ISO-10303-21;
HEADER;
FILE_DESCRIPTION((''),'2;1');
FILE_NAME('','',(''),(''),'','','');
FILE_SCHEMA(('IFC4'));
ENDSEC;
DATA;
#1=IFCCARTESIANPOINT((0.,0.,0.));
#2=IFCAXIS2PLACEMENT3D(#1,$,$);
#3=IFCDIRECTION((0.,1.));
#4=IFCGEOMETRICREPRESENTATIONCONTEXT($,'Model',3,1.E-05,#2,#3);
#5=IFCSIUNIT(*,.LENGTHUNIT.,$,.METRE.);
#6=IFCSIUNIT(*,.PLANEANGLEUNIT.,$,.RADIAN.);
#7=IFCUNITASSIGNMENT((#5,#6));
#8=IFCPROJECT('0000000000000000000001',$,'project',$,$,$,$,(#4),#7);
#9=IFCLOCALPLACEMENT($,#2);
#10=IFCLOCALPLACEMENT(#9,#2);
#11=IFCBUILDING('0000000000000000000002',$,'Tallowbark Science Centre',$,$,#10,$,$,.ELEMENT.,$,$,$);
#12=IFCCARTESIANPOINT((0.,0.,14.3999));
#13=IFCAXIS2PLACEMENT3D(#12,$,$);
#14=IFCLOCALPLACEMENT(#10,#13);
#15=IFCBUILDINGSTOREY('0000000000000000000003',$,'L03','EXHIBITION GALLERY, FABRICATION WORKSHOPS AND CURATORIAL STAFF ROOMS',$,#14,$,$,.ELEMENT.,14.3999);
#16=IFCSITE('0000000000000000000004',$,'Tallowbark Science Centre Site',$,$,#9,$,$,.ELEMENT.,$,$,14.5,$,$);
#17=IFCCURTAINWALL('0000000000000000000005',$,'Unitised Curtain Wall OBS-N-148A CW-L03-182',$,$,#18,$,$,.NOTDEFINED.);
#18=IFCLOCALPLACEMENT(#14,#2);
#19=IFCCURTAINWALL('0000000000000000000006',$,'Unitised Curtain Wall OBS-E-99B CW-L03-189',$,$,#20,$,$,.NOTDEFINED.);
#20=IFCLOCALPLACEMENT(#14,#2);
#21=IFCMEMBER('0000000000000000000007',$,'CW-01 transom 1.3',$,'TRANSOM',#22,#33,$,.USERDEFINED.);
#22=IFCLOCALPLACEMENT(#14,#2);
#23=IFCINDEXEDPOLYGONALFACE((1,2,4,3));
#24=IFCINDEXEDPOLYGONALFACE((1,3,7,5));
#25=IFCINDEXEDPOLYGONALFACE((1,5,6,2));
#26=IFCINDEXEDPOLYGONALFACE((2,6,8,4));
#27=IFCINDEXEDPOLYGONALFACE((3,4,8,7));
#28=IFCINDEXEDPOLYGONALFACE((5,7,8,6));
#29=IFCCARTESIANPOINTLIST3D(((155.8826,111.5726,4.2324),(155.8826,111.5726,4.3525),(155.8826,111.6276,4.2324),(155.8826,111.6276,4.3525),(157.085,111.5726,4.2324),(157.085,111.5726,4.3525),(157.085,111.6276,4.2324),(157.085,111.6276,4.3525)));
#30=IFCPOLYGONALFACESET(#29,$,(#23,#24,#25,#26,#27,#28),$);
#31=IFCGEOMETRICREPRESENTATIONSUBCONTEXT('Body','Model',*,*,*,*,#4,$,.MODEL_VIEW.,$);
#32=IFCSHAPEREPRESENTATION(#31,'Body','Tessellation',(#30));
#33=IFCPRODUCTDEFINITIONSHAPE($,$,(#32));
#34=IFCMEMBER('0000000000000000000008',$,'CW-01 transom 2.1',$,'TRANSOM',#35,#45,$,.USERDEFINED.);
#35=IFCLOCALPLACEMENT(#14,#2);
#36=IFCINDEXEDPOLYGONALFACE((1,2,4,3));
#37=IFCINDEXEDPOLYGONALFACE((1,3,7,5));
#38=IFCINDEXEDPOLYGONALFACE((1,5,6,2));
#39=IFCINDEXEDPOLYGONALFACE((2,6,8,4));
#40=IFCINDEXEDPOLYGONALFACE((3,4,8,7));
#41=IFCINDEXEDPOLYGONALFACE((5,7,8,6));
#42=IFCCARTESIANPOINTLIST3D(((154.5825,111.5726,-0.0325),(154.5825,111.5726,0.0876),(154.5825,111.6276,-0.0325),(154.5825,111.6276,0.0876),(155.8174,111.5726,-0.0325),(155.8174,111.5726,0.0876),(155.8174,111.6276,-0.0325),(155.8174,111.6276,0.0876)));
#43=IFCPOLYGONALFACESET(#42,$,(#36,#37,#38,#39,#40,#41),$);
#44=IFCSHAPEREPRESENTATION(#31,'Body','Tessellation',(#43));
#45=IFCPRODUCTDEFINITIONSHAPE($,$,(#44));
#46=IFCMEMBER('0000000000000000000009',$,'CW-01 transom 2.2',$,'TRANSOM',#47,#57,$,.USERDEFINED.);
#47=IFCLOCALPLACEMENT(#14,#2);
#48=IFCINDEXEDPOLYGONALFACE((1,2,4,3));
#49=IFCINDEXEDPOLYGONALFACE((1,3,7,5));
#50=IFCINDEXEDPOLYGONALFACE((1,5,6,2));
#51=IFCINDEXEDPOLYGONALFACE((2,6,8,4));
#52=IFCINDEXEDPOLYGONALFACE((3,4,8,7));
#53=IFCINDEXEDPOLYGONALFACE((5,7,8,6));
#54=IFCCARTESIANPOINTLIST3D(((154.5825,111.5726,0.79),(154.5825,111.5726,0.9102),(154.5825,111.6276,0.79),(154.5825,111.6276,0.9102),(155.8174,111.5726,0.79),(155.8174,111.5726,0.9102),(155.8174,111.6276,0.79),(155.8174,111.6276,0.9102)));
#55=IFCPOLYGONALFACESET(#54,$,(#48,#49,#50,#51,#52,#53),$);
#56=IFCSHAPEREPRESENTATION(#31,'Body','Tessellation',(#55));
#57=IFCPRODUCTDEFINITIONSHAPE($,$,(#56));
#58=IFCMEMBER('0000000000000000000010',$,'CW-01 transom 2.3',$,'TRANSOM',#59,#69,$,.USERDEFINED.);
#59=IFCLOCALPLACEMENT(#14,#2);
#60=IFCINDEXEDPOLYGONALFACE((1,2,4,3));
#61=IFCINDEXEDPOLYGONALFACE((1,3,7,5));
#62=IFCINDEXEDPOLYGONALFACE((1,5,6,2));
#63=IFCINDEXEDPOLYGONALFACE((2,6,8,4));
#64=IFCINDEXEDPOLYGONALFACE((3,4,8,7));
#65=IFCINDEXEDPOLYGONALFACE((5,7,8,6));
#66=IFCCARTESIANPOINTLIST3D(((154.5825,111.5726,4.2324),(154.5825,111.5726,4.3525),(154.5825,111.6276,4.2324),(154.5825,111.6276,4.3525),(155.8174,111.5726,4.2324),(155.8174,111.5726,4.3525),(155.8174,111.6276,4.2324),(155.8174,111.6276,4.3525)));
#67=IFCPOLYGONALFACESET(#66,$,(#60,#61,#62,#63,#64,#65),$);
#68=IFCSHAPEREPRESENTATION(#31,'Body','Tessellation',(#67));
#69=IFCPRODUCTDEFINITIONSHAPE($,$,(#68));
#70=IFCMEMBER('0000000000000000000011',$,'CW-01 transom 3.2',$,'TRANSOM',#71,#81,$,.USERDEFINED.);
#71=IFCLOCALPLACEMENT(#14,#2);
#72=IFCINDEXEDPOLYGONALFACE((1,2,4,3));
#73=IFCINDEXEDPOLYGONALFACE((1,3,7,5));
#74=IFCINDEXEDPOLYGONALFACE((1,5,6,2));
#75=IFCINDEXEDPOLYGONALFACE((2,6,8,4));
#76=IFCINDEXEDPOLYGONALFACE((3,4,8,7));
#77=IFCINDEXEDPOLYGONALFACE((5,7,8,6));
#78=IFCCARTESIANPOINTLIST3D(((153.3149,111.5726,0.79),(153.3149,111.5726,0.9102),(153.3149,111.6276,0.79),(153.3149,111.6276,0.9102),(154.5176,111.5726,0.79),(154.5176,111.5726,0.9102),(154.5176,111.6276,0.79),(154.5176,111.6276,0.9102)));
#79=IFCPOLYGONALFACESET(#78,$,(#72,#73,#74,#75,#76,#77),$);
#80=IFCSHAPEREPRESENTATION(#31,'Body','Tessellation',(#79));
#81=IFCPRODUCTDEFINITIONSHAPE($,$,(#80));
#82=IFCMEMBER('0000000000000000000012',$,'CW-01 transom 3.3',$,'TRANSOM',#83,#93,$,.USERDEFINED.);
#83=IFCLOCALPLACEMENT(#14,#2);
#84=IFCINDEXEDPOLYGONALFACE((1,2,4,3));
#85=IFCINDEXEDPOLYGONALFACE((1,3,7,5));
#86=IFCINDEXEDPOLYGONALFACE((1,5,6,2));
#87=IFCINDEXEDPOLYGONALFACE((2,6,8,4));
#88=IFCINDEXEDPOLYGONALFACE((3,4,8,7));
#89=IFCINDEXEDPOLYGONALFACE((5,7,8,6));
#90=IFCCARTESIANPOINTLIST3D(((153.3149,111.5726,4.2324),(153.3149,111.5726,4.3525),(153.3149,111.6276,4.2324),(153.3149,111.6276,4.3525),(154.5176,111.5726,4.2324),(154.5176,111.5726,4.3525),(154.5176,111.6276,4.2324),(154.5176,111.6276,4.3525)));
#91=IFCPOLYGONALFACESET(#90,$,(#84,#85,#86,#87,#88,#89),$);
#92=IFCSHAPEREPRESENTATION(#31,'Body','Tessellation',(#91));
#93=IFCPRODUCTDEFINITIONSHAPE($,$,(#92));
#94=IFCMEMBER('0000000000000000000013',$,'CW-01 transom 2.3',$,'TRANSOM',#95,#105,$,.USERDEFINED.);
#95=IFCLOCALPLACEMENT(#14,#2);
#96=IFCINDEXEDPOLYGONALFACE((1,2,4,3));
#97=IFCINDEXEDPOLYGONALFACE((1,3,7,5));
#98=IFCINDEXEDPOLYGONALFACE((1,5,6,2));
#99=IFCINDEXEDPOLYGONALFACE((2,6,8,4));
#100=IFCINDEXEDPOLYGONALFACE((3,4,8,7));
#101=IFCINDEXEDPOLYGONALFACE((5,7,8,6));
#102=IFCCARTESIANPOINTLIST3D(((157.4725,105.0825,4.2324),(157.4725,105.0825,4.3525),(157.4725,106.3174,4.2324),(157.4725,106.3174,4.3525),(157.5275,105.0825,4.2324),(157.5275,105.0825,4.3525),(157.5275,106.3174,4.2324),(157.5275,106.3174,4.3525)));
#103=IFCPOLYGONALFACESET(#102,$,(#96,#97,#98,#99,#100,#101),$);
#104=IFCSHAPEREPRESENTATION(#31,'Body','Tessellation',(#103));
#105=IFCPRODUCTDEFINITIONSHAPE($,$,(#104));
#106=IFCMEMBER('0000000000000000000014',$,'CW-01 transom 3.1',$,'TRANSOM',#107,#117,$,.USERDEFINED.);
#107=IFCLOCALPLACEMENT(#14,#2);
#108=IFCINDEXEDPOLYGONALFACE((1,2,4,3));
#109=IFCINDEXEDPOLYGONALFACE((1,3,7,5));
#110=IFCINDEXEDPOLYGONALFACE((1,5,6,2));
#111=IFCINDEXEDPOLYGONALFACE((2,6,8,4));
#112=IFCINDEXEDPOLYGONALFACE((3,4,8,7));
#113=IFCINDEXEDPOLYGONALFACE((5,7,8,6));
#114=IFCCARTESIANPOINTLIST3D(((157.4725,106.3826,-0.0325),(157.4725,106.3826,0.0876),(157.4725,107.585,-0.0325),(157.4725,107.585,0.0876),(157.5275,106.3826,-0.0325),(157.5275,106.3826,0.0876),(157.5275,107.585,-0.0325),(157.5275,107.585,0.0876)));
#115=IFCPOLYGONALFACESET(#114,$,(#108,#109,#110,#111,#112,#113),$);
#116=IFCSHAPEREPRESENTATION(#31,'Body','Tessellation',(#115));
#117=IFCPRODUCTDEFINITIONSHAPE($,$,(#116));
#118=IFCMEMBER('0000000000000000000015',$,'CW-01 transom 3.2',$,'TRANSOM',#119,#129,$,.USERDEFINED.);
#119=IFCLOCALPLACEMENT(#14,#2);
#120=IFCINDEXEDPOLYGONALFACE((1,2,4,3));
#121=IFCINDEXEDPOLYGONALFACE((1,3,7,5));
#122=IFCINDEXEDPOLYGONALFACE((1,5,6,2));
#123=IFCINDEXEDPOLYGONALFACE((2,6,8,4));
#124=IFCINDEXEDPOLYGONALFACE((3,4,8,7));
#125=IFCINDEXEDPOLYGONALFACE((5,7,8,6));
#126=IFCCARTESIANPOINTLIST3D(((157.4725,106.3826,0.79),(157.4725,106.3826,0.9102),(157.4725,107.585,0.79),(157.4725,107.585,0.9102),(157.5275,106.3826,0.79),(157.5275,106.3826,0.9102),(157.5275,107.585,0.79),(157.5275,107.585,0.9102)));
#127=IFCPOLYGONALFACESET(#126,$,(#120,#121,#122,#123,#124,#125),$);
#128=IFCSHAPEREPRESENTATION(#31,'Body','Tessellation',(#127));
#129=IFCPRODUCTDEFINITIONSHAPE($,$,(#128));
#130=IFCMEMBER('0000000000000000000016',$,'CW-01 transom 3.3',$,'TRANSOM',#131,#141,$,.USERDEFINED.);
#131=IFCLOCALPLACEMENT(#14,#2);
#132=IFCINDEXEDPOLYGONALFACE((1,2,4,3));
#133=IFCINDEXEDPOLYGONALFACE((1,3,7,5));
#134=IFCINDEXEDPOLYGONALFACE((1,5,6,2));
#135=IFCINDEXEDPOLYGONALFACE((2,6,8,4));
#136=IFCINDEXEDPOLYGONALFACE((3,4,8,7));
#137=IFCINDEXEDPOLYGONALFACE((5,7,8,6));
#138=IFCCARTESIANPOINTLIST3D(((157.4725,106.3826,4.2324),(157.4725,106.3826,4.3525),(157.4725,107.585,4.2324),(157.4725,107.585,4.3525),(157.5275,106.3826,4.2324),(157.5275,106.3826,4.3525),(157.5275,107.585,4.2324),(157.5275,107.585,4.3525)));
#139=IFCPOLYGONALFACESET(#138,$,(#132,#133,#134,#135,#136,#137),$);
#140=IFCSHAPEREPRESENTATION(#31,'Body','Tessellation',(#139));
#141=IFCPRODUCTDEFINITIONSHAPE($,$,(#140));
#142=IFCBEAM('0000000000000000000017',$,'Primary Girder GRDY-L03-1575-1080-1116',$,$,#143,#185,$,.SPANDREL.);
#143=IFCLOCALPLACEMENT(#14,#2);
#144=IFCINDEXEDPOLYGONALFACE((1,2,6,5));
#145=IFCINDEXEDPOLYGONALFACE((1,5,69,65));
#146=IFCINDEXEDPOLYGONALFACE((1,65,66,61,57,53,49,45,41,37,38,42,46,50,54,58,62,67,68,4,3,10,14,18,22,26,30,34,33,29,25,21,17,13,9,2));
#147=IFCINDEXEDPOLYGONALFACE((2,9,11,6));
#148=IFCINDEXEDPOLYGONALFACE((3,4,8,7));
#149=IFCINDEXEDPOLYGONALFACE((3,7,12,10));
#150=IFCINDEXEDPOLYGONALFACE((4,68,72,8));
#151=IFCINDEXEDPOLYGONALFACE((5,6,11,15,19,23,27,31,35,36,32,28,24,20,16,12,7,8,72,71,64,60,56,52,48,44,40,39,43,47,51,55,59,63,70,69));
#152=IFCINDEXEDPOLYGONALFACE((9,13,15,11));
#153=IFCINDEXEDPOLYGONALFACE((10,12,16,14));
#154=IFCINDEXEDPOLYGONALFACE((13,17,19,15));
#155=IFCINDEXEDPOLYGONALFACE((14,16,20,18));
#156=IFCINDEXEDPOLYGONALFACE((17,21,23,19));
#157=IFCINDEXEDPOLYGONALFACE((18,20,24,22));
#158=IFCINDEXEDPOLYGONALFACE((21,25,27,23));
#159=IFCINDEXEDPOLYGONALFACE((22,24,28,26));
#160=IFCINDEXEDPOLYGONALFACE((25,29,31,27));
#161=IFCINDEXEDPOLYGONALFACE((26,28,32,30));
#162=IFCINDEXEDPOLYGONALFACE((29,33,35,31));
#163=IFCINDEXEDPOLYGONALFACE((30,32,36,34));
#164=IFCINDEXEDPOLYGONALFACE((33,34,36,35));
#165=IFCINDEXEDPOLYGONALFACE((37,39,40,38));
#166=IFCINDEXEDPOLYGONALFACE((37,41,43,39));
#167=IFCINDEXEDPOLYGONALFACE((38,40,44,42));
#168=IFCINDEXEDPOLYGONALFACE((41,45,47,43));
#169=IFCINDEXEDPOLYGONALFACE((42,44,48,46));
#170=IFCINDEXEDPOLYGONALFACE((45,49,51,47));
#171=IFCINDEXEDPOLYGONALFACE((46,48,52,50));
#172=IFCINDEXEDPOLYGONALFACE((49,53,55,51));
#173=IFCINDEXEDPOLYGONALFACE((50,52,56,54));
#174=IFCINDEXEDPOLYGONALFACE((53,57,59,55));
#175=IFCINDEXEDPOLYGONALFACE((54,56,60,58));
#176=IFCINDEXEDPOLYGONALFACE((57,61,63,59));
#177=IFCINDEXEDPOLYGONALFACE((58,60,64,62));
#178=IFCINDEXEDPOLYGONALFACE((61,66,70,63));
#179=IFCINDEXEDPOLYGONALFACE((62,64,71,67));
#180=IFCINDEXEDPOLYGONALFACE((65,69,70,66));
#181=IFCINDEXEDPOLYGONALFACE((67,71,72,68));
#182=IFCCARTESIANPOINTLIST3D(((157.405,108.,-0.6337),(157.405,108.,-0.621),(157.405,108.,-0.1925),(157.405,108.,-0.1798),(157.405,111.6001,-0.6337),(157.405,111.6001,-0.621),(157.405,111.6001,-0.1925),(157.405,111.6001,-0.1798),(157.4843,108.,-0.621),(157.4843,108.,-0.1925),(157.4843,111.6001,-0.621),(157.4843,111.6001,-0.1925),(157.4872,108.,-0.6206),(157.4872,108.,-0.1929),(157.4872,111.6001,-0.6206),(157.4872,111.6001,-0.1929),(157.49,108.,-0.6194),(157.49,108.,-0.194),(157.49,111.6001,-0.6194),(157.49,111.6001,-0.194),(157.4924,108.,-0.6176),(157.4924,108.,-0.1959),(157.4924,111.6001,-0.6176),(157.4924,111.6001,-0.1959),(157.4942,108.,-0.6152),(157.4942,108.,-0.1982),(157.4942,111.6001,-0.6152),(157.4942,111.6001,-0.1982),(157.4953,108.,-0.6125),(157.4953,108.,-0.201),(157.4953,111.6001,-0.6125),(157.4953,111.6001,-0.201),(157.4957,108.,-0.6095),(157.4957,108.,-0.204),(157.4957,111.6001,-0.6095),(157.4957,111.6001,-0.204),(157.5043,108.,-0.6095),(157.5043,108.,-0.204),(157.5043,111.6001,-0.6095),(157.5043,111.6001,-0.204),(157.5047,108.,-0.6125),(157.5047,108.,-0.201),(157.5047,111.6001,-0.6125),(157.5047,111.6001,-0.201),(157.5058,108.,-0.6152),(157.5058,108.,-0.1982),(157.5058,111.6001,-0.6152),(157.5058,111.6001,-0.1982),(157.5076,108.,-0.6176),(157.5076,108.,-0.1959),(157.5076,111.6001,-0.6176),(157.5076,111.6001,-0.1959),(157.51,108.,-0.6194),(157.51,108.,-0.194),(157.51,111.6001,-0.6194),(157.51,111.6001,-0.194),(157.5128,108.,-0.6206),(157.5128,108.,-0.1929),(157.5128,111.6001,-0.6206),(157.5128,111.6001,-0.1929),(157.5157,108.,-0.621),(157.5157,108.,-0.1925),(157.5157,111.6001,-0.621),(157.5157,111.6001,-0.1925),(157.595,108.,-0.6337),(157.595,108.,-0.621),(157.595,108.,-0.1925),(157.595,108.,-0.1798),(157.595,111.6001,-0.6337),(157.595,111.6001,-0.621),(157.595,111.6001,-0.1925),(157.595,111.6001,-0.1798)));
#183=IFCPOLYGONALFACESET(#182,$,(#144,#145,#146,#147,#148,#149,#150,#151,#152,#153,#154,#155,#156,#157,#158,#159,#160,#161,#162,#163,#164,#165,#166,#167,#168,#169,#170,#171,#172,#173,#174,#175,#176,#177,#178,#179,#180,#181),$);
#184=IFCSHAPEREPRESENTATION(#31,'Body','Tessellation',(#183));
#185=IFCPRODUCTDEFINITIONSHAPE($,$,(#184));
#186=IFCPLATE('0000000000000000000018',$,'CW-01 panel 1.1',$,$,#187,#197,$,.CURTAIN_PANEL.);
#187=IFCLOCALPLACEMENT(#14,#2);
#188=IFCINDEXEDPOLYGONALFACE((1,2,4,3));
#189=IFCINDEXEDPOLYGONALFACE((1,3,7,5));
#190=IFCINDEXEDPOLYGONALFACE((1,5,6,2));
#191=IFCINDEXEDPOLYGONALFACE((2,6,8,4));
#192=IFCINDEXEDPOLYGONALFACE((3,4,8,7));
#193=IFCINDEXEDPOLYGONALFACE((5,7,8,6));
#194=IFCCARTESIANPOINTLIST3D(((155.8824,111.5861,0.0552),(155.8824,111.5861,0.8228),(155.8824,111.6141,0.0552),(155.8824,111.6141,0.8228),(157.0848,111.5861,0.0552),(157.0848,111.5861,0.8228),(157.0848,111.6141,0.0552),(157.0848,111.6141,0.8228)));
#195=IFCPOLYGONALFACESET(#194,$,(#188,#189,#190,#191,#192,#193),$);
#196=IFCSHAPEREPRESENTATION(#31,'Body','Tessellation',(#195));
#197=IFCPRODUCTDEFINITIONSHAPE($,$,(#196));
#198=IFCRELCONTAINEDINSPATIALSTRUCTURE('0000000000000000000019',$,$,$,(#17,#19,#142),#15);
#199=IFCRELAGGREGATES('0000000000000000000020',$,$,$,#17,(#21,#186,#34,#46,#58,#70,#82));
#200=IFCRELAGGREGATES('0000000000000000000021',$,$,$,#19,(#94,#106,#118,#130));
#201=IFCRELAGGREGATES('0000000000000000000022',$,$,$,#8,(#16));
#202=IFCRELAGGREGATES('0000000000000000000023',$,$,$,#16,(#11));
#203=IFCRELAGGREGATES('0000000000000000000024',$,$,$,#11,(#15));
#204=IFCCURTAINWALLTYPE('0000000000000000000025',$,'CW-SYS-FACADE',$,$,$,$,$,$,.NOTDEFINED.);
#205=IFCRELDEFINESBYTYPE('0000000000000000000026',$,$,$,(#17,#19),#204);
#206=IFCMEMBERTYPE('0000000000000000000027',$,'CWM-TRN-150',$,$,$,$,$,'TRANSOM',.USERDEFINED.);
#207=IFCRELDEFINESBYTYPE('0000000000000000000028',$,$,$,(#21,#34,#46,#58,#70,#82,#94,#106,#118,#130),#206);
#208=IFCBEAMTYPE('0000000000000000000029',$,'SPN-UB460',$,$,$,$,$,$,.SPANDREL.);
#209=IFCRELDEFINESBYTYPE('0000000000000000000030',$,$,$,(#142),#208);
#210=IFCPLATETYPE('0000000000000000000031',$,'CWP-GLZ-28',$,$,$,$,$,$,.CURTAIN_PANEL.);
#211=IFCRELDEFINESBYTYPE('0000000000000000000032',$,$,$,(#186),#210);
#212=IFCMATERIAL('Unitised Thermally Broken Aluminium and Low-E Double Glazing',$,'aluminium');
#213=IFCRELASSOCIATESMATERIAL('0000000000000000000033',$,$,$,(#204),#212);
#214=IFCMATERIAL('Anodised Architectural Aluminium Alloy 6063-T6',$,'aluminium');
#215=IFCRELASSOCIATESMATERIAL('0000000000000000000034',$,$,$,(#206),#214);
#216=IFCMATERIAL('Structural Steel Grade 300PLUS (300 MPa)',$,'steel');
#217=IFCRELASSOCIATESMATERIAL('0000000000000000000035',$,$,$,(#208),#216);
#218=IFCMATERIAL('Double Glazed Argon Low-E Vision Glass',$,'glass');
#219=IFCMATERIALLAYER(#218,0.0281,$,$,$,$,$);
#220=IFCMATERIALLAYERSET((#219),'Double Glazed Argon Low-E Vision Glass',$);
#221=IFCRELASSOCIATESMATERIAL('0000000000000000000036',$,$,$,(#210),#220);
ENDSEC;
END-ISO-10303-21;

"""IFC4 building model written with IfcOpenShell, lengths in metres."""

from ifc_helpers import new_model, si_unit, direction, frame, origin, origin_2d, place, context, subcontext, project, spatial, rectangle, i_section, extrude, material, layer, layer_set, material_profile, profile_set, type_object, element, aggregate, save


model = new_model("IFC4")

# Units and contexts
model_context = context("Model", 3, precision=1e-05, world=origin(), true_north=direction((0.0, 1.0)))
body_context = subcontext(model_context, "Body", "Model", "MODEL_VIEW")
ifc_project = project(units=[si_unit("LENGTHUNIT", "METRE"), si_unit("PLANEANGLEUNIT", "RADIAN")], contexts=[model_context])

# Site, building, storey
site_placement = place(None, origin())
site = spatial("IfcSite", under=ifc_project, at=site_placement, Name="Tallowbark Science Centre Site", CompositionType="ELEMENT", RefElevation=14.5)
building_placement = place(site_placement, origin())
building = spatial("IfcBuilding", under=site, at=building_placement, Name="Tallowbark Science Centre", CompositionType="ELEMENT")
storey_placement = place(building_placement, frame((0.0, 0.0, 14.3999)))
storey = spatial("IfcBuildingStorey", under=building, at=storey_placement, Name="L03", Description="EXHIBITION GALLERY, FABRICATION WORKSHOPS AND CURATORIAL STAFF ROOMS", CompositionType="ELEMENT", Elevation=14.3999)

# Shared definitions
ifc_material_1 = material(Name="Structural Steel Grade 300PLUS (300 MPa)", Category="steel")

# Curtain walls
ifc_material_2 = material(Name="Unitised Thermally Broken Aluminium and Low-E Double Glazing", Category="aluminium")
curtain_wall_type = type_object("IfcCurtainWallType", Name="CW-SYS-FACADE", PredefinedType="NOTDEFINED", material=ifc_material_2)
curtain_wall_1_placement = place(storey_placement, origin())
curtain_wall_1 = element("IfcCurtainWall", 1, at=curtain_wall_1_placement, inside=storey, type_object=curtain_wall_type, Name="Unitised Curtain Wall OBS-N-148A CW-L03-182", PredefinedType="NOTDEFINED")
ifc_material_3 = material(Name="Anodised Architectural Aluminium Alloy 6063-T6", Category="aluminium")
curtain_wall_2_placement = place(storey_placement, origin())
curtain_wall_2 = element("IfcCurtainWall", 2, at=curtain_wall_2_placement, inside=storey, type_object=curtain_wall_type, Name="Unitised Curtain Wall OBS-E-99B CW-L03-189", PredefinedType="NOTDEFINED")

# Members
ifc_material_profile_1 = material_profile(ifc_material_3, rectangle(XDim=0.0549, YDim=0.1201, at=origin_2d()), Name="ALU55x120")
ifc_profile_set_1 = profile_set([ifc_material_profile_1], Name="Anodised Architectural Aluminium Alloy 6063-T6")
member_type_1 = type_object("IfcMemberType", Name="CWM-TRN-150", ElementType="TRANSOM", PredefinedType="USERDEFINED", material=ifc_profile_set_1)
member_1_placement = place(storey_placement, frame((157.085, 111.6001, 4.2925), z_axis=(-1.0, 0.0, 0.0), x_axis=(0.0, -1.0, 0.0)))
member_1 = element("IfcMember", 3, at=member_1_placement, type_object=member_type_1, Name="CW-01 transom 1.3", ObjectType="TRANSOM", PredefinedType="USERDEFINED", context=body_context, shape_type="SweptSolid", body=[
    extrude(rectangle(XDim=0.0549, YDim=0.1201, at=origin_2d()), origin(), (0.0, 0.0, 1.0), 1.2024),
])
member_2_placement = place(storey_placement, frame((155.8174, 111.6001, 0.0276), z_axis=(-1.0, 0.0, 0.0), x_axis=(0.0, -1.0, 0.0)))
member_2 = element("IfcMember", 4, at=member_2_placement, type_object=member_type_1, Name="CW-01 transom 2.1", ObjectType="TRANSOM", PredefinedType="USERDEFINED", context=body_context, shape_type="SweptSolid", body=[
    extrude(rectangle(XDim=0.0549, YDim=0.1201, at=origin_2d()), origin(), (0.0, 0.0, 1.0), 1.2349),
])
member_3_placement = place(storey_placement, frame((155.8174, 111.6001, 0.8501), z_axis=(-1.0, 0.0, 0.0), x_axis=(0.0, -1.0, 0.0)))
member_3 = element("IfcMember", 5, at=member_3_placement, type_object=member_type_1, Name="CW-01 transom 2.2", ObjectType="TRANSOM", PredefinedType="USERDEFINED", context=body_context, shape_type="SweptSolid", body=[
    extrude(rectangle(XDim=0.0549, YDim=0.1201, at=origin_2d()), origin(), (0.0, 0.0, 1.0), 1.2349),
])
member_4_placement = place(storey_placement, frame((155.8174, 111.6001, 4.2925), z_axis=(-1.0, 0.0, 0.0), x_axis=(0.0, -1.0, 0.0)))
member_4 = element("IfcMember", 6, at=member_4_placement, type_object=member_type_1, Name="CW-01 transom 2.3", ObjectType="TRANSOM", PredefinedType="USERDEFINED", context=body_context, shape_type="SweptSolid", body=[
    extrude(rectangle(XDim=0.0549, YDim=0.1201, at=origin_2d()), origin(), (0.0, 0.0, 1.0), 1.2349),
])
member_5_placement = place(storey_placement, frame((154.5176, 111.6001, 0.8501), z_axis=(-1.0, 0.0, 0.0), x_axis=(0.0, -1.0, 0.0)))
member_5 = element("IfcMember", 7, at=member_5_placement, type_object=member_type_1, Name="CW-01 transom 3.2", ObjectType="TRANSOM", PredefinedType="USERDEFINED", context=body_context, shape_type="SweptSolid", body=[
    extrude(rectangle(XDim=0.0549, YDim=0.1201, at=origin_2d()), origin(), (0.0, 0.0, 1.0), 1.2026),
])
member_6_placement = place(storey_placement, frame((154.5176, 111.6001, 4.2925), z_axis=(-1.0, 0.0, 0.0), x_axis=(0.0, -1.0, 0.0)))
member_6 = element("IfcMember", 8, at=member_6_placement, type_object=member_type_1, Name="CW-01 transom 3.3", ObjectType="TRANSOM", PredefinedType="USERDEFINED", context=body_context, shape_type="SweptSolid", body=[
    extrude(rectangle(XDim=0.0549, YDim=0.1201, at=origin_2d()), origin(), (0.0, 0.0, 1.0), 1.2026),
])
member_7_placement = place(storey_placement, frame((157.5, 105.0825, 4.2925), z_axis=(0.0, 1.0, 0.0), x_axis=(-1.0, 0.0, 0.0)))
member_7 = element("IfcMember", 9, at=member_7_placement, type_object=member_type_1, Name="CW-01 transom 2.3", ObjectType="TRANSOM", PredefinedType="USERDEFINED", context=body_context, shape_type="SweptSolid", body=[
    extrude(rectangle(XDim=0.0549, YDim=0.1201, at=origin_2d()), origin(), (0.0, 0.0, 1.0), 1.2349),
])
member_8_placement = place(storey_placement, frame((157.5, 106.3826, 0.0276), z_axis=(0.0, 1.0, 0.0), x_axis=(-1.0, 0.0, 0.0)))
member_8 = element("IfcMember", 10, at=member_8_placement, type_object=member_type_1, Name="CW-01 transom 3.1", ObjectType="TRANSOM", PredefinedType="USERDEFINED", context=body_context, shape_type="SweptSolid", body=[
    extrude(rectangle(XDim=0.0549, YDim=0.1201, at=origin_2d()), origin(), (0.0, 0.0, 1.0), 1.2024),
])
member_9_placement = place(storey_placement, frame((157.5, 106.3826, 0.8501), z_axis=(0.0, 1.0, 0.0), x_axis=(-1.0, 0.0, 0.0)))
member_9 = element("IfcMember", 11, at=member_9_placement, type_object=member_type_1, Name="CW-01 transom 3.2", ObjectType="TRANSOM", PredefinedType="USERDEFINED", context=body_context, shape_type="SweptSolid", body=[
    extrude(rectangle(XDim=0.0549, YDim=0.1201, at=origin_2d()), origin(), (0.0, 0.0, 1.0), 1.2024),
])
member_10_placement = place(storey_placement, frame((157.5, 106.3826, 4.2925), z_axis=(0.0, 1.0, 0.0), x_axis=(-1.0, 0.0, 0.0)))
member_10 = element("IfcMember", 12, at=member_10_placement, type_object=member_type_1, Name="CW-01 transom 3.3", ObjectType="TRANSOM", PredefinedType="USERDEFINED", context=body_context, shape_type="SweptSolid", body=[
    extrude(rectangle(XDim=0.0549, YDim=0.1201, at=origin_2d()), origin(), (0.0, 0.0, 1.0), 1.2024),
])

# Beam
ifc_material_profile_2 = material_profile(ifc_material_1, i_section(OverallWidth=0.1899, OverallDepth=0.4539, WebThickness=0.0085, FlangeThickness=0.0127, FilletRadius=0.0115, at=origin_2d()), Name="460UB67.1")
ifc_profile_set_2 = profile_set([ifc_material_profile_2], Name="Structural Steel Grade 300PLUS (300 MPa)")
beam_type = type_object("IfcBeamType", Name="SPN-UB460", PredefinedType="SPANDREL", material=ifc_profile_set_2)
beam_placement = place(storey_placement, frame((157.5, 108.0, -0.4067), z_axis=(0.0, 1.0, 0.0), x_axis=(-1.0, 0.0, 0.0)))
element("IfcBeam", 13, at=beam_placement, inside=storey, type_object=beam_type, Name="Primary Girder GRDY-L03-1575-1080-1116", PredefinedType="SPANDREL", context=body_context, shape_type="SweptSolid", body=[
    extrude(i_section(OverallWidth=0.1899, OverallDepth=0.4539, WebThickness=0.0085, FlangeThickness=0.0127, FilletRadius=0.0115, at=origin_2d()), origin(), (0.0, 0.0, 1.0), 3.6001),
])

# Plate
ifc_material_4 = material(Name="Double Glazed Argon Low-E Vision Glass", Category="glass")
ifc_layer_1 = layer(ifc_material_4, 0.0281)
ifc_layer_set_1 = layer_set([ifc_layer_1], Name="Double Glazed Argon Low-E Vision Glass")
plate_type_1 = type_object("IfcPlateType", Name="CWP-GLZ-28", PredefinedType="CURTAIN_PANEL", material=ifc_layer_set_1)
plate_1_placement = place(storey_placement, frame((156.4836, 111.6001, 0.0552), z_axis=(0.0, 0.0, 1.0), x_axis=(-1.0, 0.0, 0.0)))
plate_1 = element("IfcPlate", 14, at=plate_1_placement, type_object=plate_type_1, Name="CW-01 panel 1.1", PredefinedType="CURTAIN_PANEL", context=body_context, shape_type="SweptSolid", body=[
    extrude(rectangle(XDim=1.2024, YDim=0.0281, at=origin_2d()), origin(), (0.0, 0.0, 1.0), 0.7676),
])
aggregate(curtain_wall_1, [member_1, plate_1, member_2, member_3, member_4, member_5, member_6])
aggregate(curtain_wall_2, [member_7, member_8, member_9, member_10])

save(model, "model.ifc")
